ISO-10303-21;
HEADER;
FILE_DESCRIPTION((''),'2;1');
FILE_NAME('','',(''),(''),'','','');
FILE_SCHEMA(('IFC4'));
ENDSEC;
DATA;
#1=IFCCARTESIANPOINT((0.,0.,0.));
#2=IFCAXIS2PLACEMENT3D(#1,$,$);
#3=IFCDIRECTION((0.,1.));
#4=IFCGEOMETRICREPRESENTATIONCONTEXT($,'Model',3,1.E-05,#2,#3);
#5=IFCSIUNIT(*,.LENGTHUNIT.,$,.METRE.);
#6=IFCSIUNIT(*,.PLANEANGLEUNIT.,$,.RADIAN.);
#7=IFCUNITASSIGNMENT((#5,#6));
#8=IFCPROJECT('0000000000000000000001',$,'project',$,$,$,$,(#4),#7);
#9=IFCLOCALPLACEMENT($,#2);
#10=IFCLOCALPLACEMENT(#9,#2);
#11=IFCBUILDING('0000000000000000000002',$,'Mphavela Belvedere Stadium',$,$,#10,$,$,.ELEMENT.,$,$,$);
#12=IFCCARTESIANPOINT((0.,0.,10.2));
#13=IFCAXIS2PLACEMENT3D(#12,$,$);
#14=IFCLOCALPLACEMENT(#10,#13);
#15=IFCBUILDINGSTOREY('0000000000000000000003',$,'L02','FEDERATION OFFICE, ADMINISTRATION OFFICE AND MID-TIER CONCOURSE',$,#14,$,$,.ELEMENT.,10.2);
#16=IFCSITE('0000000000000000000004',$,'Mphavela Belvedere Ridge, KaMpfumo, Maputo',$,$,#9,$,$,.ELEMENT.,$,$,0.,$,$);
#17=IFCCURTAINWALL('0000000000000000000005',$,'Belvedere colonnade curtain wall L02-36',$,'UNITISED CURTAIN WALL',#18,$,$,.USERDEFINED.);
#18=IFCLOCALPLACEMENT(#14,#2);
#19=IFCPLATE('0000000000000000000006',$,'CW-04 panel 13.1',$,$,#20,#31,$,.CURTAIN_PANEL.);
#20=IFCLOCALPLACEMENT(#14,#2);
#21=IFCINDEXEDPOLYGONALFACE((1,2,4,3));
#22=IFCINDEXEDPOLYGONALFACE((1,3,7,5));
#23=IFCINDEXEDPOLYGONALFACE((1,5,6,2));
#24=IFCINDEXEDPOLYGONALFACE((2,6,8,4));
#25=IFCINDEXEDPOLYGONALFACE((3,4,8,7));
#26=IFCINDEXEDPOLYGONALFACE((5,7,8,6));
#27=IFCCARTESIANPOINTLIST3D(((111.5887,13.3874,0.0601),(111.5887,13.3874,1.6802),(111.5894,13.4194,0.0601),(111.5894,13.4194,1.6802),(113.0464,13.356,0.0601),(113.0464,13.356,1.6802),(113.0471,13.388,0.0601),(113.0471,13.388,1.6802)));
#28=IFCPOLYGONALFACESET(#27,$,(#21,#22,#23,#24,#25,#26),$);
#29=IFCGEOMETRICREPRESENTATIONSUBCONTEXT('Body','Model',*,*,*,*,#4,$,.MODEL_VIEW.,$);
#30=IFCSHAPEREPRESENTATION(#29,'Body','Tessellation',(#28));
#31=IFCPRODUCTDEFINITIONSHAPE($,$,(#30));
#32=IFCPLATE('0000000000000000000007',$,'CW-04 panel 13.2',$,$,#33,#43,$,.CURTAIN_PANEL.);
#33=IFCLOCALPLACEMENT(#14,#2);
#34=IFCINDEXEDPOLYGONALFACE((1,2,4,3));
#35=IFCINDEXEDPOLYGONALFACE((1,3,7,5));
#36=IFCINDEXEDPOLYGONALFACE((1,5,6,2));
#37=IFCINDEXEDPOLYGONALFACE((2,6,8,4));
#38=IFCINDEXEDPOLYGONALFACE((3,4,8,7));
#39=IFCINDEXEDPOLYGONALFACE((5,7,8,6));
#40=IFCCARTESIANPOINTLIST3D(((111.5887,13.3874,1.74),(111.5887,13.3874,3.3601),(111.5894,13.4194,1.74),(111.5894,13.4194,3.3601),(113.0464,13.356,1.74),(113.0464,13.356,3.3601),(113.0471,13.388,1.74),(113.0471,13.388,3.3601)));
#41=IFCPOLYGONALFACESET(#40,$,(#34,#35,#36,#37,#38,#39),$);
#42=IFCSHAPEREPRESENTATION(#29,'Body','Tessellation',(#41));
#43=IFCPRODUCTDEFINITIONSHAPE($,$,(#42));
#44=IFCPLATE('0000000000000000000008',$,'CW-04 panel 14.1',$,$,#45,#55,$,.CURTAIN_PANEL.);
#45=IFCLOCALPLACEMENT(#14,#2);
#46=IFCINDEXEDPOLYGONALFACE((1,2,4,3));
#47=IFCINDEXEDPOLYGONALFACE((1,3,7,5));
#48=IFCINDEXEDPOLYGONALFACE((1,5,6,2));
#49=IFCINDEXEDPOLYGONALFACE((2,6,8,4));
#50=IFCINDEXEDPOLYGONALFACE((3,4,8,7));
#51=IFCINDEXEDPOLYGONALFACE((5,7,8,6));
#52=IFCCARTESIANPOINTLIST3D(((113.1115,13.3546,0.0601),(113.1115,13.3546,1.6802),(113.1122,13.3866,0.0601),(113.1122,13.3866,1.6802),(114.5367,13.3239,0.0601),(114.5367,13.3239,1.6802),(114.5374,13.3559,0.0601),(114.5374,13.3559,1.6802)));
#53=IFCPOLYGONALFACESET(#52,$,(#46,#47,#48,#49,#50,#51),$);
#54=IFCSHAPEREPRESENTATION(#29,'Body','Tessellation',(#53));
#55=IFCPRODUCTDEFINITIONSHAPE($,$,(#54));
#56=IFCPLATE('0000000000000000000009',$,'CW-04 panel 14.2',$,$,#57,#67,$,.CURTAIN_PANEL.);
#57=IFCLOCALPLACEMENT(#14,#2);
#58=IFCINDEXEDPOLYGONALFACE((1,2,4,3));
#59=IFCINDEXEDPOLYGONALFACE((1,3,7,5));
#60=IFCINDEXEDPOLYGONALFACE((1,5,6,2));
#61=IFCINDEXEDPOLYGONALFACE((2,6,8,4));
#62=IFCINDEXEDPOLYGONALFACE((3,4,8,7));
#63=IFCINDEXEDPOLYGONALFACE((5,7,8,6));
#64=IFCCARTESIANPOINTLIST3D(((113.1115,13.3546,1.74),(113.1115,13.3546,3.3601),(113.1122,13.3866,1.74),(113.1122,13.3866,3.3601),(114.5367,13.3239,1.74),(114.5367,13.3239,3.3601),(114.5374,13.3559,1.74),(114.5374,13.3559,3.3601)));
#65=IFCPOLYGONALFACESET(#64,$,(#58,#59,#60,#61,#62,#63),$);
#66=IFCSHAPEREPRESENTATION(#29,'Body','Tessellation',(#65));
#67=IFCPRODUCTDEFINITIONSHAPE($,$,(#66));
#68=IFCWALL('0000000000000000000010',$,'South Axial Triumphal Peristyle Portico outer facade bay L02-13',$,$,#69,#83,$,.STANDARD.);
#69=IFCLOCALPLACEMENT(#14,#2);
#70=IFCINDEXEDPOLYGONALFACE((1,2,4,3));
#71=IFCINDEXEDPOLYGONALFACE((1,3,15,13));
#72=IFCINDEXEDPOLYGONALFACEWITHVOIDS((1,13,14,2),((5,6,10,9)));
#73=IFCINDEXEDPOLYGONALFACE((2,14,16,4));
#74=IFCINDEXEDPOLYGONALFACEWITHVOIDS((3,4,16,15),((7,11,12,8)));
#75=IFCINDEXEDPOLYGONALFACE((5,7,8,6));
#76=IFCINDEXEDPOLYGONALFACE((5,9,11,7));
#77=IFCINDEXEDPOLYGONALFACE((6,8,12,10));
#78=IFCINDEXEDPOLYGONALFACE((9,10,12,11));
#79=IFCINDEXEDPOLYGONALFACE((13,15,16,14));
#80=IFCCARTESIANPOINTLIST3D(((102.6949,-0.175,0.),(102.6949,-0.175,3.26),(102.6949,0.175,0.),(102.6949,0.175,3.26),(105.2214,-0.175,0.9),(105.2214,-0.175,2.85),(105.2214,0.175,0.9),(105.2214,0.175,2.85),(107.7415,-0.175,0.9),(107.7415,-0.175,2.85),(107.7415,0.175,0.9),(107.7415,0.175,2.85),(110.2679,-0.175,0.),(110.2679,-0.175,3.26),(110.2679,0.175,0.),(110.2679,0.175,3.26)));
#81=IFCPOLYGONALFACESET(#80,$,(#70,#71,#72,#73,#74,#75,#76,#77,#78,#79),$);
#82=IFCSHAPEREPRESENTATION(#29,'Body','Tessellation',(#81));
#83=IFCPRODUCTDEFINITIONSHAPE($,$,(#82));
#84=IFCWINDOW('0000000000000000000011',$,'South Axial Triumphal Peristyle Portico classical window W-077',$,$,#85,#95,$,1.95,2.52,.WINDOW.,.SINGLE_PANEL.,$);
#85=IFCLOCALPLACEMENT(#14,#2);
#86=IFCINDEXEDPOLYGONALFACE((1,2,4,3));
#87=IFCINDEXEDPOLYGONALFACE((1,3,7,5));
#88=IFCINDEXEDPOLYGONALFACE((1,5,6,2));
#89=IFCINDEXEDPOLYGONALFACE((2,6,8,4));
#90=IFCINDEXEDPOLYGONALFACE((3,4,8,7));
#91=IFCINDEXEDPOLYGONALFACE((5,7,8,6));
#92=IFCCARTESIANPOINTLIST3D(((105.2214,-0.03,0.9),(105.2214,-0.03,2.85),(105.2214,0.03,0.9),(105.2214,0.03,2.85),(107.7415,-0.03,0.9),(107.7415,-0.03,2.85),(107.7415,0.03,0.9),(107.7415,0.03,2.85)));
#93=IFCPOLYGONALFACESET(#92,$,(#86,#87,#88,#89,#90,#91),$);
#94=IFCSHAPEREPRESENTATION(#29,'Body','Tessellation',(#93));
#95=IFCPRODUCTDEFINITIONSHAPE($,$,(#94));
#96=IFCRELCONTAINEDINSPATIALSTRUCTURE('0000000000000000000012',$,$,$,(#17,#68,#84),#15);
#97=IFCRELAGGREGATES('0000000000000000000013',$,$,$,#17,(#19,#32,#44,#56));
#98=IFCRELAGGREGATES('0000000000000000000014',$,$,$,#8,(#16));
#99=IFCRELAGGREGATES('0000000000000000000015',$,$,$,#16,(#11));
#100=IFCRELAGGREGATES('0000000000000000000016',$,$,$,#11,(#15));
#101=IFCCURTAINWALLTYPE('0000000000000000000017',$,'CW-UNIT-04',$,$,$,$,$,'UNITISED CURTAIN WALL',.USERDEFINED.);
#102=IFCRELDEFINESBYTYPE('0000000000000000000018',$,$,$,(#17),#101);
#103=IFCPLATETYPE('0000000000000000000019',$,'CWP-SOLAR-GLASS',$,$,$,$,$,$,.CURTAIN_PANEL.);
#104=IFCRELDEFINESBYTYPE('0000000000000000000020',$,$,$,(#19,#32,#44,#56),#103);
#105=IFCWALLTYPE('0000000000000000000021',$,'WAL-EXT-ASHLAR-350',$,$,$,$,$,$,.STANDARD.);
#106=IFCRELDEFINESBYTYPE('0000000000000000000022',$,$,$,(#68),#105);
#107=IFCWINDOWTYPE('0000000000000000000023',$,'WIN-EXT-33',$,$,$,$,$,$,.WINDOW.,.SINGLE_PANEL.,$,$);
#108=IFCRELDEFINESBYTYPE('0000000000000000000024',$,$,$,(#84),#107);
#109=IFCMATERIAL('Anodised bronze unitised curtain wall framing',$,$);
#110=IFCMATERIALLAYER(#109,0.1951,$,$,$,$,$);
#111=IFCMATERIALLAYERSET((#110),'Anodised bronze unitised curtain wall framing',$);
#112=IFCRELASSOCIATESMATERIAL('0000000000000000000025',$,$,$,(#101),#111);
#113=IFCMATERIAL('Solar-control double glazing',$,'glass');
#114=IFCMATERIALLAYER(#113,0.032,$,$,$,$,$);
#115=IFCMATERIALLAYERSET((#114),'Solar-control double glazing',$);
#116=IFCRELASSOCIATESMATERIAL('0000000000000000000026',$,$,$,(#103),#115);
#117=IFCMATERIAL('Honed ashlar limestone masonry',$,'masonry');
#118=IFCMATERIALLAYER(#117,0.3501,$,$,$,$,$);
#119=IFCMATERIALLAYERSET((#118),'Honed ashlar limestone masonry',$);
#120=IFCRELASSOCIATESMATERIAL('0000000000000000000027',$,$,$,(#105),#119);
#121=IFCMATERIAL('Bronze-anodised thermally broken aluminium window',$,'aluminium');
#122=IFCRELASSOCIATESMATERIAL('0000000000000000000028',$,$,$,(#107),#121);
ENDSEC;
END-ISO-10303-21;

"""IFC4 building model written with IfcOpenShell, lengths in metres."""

from ifc_helpers import new_model, si_unit, direction, frame, frame_2d, origin, origin_2d, place, context, subcontext, project, spatial, rectangle, extrude, material, layer, layer_set, type_object, element, fill, aggregate, save


model = new_model("IFC4")

# Units and contexts
model_context = context("Model", 3, precision=1e-05, world=origin(), true_north=direction((0.0, 1.0)))
body_context = subcontext(model_context, "Body", "Model", "MODEL_VIEW")
ifc_project = project(units=[si_unit("LENGTHUNIT", "METRE"), si_unit("PLANEANGLEUNIT", "RADIAN")], contexts=[model_context])

# Site, building, storey
site_placement = place(None, origin())
site = spatial("IfcSite", under=ifc_project, at=site_placement, Name="Mphavela Belvedere Ridge, KaMpfumo, Maputo", CompositionType="ELEMENT", RefElevation=0.0)
building_placement = place(site_placement, origin())
building = spatial("IfcBuilding", under=site, at=building_placement, Name="Mphavela Belvedere Stadium", CompositionType="ELEMENT")
storey_placement = place(building_placement, frame((0.0, 0.0, 10.2)))
storey = spatial("IfcBuildingStorey", under=building, at=storey_placement, Name="L02", Description="FEDERATION OFFICE, ADMINISTRATION OFFICE AND MID-TIER CONCOURSE", CompositionType="ELEMENT", Elevation=10.2)

# Curtain wall, plates
ifc_material_1 = material(Name="Anodised bronze unitised curtain wall framing")
ifc_layer_1 = layer(ifc_material_1, 0.1951)
ifc_layer_set_1 = layer_set([ifc_layer_1], Name="Anodised bronze unitised curtain wall framing")
curtain_wall_type = type_object("IfcCurtainWallType", Name="CW-UNIT-04", ElementType="UNITISED CURTAIN WALL", PredefinedType="USERDEFINED", material=ifc_layer_set_1)
curtain_wall_placement = place(storey_placement, origin())
curtain_wall = element("IfcCurtainWall", 1, at=curtain_wall_placement, inside=storey, type_object=curtain_wall_type, Name="Belvedere colonnade curtain wall L02-36", ObjectType="UNITISED CURTAIN WALL", PredefinedType="USERDEFINED")
ifc_material_2 = material(Name="Solar-control double glazing", Category="glass")
ifc_layer_2 = layer(ifc_material_2, 0.032)
ifc_layer_set_2 = layer_set([ifc_layer_2], Name="Solar-control double glazing")
plate_type = type_object("IfcPlateType", Name="CWP-SOLAR-GLASS", PredefinedType="CURTAIN_PANEL", material=ifc_layer_set_2)
plate_1_placement = place(storey_placement, frame((112.3179, 13.3877, 0.0601), z_axis=(0.0, 0.0, 1.0), x_axis=(0.999768, -0.021525, 0.0)))
plate_1 = element("IfcPlate", 2, at=plate_1_placement, type_object=plate_type, Name="CW-04 panel 13.1", PredefinedType="CURTAIN_PANEL", context=body_context, shape_type="SweptSolid", body=[
    extrude(rectangle(XDim=1.458, YDim=0.032, at=origin_2d()), origin(), (0.0, 0.0, 1.0), 1.6201),
])
plate_2_placement = place(storey_placement, frame((112.3179, 13.3877, 1.74), z_axis=(0.0, 0.0, 1.0), x_axis=(0.999768, -0.021525, 0.0)))
plate_2 = element("IfcPlate", 3, at=plate_2_placement, type_object=plate_type, Name="CW-04 panel 13.2", PredefinedType="CURTAIN_PANEL", context=body_context, shape_type="SweptSolid", body=[
    extrude(rectangle(XDim=1.458, YDim=0.032, at=origin_2d()), origin(), (0.0, 0.0, 1.0), 1.6201),
])
plate_3_placement = place(storey_placement, frame((113.8245, 13.3552, 0.0601), z_axis=(0.0, 0.0, 1.0), x_axis=(0.999768, -0.021525, 0.0)))
plate_3 = element("IfcPlate", 4, at=plate_3_placement, type_object=plate_type, Name="CW-04 panel 14.1", PredefinedType="CURTAIN_PANEL", context=body_context, shape_type="SweptSolid", body=[
    extrude(rectangle(XDim=1.4255, YDim=0.032, at=origin_2d()), origin(), (0.0, 0.0, 1.0), 1.6201),
])
plate_4_placement = place(storey_placement, frame((113.8245, 13.3552, 1.74), z_axis=(0.0, 0.0, 1.0), x_axis=(0.999768, -0.021525, 0.0)))
plate_4 = element("IfcPlate", 5, at=plate_4_placement, type_object=plate_type, Name="CW-04 panel 14.2", PredefinedType="CURTAIN_PANEL", context=body_context, shape_type="SweptSolid", body=[
    extrude(rectangle(XDim=1.4255, YDim=0.032, at=origin_2d()), origin(), (0.0, 0.0, 1.0), 1.6201),
])
aggregate(curtain_wall, [plate_1, plate_2, plate_3, plate_4])

# Wall, opening, window
ifc_material_3 = material(Name="Honed ashlar limestone masonry", Category="masonry")
ifc_layer_3 = layer(ifc_material_3, 0.3501)
ifc_layer_set_3 = layer_set([ifc_layer_3], Name="Honed ashlar limestone masonry")
wall_type = type_object("IfcWallType", Name="WAL-EXT-ASHLAR-350", PredefinedType="STANDARD", material=ifc_layer_set_3)
wall_placement = place(storey_placement, frame((110.2681, 0.0, 0.0), z_axis=(0.0, 0.0, 1.0), x_axis=(-1.0, 0.0, 0.0)))
wall = element("IfcWall", 6, at=wall_placement, inside=storey, type_object=wall_type, Name="South Axial Triumphal Peristyle Portico outer facade bay L02-13", PredefinedType="STANDARD", context=body_context, shape_type="SweptSolid", body=[
    extrude(rectangle(XDim=7.573, YDim=0.3501, at=frame_2d((3.7866, 0.0))), origin(), (0.0, 0.0, 1.0), 3.26),
])
opening_placement = place(wall_placement, frame((2.5266, 0.0, 0.8999)))
opening = element("IfcOpeningElement", 7, at=opening_placement, cuts=wall, PredefinedType="OPENING", context=body_context, shape_type="SweptSolid", body=[
    extrude(rectangle(XDim=2.52, YDim=1.95, at=frame_2d((1.26, 0.9751))), frame((0.0, 0.1851, 0.0), z_axis=(0.0, -1.0, 0.0), x_axis=(1.0, 0.0, 0.0)), (0.0, 0.0, 1.0), 0.3701),
])
ifc_material_4 = material(Name="Bronze-anodised thermally broken aluminium window", Category="aluminium")
window_type = type_object("IfcWindowType", Name="WIN-EXT-33", PartitioningType="SINGLE_PANEL", PredefinedType="WINDOW", material=ifc_material_4)
window_placement = place(opening_placement, origin())
window = element("IfcWindow", 8, at=window_placement, inside=storey, type_object=window_type, Name="South Axial Triumphal Peristyle Portico classical window W-077", OverallHeight=1.95, OverallWidth=2.52, PartitioningType="SINGLE_PANEL", PredefinedType="WINDOW", context=body_context, shape_type="SweptSolid", body=[
    extrude(rectangle(XDim=2.52, YDim=1.95, at=frame_2d((1.26, 0.9751))), frame((0.0, 0.03, 0.0), z_axis=(0.0, -1.0, 0.0), x_axis=(1.0, 0.0, 0.0)), (0.0, 0.0, 1.0), 0.0601),
])
fill(opening, window)

save(model, "model.ifc")
